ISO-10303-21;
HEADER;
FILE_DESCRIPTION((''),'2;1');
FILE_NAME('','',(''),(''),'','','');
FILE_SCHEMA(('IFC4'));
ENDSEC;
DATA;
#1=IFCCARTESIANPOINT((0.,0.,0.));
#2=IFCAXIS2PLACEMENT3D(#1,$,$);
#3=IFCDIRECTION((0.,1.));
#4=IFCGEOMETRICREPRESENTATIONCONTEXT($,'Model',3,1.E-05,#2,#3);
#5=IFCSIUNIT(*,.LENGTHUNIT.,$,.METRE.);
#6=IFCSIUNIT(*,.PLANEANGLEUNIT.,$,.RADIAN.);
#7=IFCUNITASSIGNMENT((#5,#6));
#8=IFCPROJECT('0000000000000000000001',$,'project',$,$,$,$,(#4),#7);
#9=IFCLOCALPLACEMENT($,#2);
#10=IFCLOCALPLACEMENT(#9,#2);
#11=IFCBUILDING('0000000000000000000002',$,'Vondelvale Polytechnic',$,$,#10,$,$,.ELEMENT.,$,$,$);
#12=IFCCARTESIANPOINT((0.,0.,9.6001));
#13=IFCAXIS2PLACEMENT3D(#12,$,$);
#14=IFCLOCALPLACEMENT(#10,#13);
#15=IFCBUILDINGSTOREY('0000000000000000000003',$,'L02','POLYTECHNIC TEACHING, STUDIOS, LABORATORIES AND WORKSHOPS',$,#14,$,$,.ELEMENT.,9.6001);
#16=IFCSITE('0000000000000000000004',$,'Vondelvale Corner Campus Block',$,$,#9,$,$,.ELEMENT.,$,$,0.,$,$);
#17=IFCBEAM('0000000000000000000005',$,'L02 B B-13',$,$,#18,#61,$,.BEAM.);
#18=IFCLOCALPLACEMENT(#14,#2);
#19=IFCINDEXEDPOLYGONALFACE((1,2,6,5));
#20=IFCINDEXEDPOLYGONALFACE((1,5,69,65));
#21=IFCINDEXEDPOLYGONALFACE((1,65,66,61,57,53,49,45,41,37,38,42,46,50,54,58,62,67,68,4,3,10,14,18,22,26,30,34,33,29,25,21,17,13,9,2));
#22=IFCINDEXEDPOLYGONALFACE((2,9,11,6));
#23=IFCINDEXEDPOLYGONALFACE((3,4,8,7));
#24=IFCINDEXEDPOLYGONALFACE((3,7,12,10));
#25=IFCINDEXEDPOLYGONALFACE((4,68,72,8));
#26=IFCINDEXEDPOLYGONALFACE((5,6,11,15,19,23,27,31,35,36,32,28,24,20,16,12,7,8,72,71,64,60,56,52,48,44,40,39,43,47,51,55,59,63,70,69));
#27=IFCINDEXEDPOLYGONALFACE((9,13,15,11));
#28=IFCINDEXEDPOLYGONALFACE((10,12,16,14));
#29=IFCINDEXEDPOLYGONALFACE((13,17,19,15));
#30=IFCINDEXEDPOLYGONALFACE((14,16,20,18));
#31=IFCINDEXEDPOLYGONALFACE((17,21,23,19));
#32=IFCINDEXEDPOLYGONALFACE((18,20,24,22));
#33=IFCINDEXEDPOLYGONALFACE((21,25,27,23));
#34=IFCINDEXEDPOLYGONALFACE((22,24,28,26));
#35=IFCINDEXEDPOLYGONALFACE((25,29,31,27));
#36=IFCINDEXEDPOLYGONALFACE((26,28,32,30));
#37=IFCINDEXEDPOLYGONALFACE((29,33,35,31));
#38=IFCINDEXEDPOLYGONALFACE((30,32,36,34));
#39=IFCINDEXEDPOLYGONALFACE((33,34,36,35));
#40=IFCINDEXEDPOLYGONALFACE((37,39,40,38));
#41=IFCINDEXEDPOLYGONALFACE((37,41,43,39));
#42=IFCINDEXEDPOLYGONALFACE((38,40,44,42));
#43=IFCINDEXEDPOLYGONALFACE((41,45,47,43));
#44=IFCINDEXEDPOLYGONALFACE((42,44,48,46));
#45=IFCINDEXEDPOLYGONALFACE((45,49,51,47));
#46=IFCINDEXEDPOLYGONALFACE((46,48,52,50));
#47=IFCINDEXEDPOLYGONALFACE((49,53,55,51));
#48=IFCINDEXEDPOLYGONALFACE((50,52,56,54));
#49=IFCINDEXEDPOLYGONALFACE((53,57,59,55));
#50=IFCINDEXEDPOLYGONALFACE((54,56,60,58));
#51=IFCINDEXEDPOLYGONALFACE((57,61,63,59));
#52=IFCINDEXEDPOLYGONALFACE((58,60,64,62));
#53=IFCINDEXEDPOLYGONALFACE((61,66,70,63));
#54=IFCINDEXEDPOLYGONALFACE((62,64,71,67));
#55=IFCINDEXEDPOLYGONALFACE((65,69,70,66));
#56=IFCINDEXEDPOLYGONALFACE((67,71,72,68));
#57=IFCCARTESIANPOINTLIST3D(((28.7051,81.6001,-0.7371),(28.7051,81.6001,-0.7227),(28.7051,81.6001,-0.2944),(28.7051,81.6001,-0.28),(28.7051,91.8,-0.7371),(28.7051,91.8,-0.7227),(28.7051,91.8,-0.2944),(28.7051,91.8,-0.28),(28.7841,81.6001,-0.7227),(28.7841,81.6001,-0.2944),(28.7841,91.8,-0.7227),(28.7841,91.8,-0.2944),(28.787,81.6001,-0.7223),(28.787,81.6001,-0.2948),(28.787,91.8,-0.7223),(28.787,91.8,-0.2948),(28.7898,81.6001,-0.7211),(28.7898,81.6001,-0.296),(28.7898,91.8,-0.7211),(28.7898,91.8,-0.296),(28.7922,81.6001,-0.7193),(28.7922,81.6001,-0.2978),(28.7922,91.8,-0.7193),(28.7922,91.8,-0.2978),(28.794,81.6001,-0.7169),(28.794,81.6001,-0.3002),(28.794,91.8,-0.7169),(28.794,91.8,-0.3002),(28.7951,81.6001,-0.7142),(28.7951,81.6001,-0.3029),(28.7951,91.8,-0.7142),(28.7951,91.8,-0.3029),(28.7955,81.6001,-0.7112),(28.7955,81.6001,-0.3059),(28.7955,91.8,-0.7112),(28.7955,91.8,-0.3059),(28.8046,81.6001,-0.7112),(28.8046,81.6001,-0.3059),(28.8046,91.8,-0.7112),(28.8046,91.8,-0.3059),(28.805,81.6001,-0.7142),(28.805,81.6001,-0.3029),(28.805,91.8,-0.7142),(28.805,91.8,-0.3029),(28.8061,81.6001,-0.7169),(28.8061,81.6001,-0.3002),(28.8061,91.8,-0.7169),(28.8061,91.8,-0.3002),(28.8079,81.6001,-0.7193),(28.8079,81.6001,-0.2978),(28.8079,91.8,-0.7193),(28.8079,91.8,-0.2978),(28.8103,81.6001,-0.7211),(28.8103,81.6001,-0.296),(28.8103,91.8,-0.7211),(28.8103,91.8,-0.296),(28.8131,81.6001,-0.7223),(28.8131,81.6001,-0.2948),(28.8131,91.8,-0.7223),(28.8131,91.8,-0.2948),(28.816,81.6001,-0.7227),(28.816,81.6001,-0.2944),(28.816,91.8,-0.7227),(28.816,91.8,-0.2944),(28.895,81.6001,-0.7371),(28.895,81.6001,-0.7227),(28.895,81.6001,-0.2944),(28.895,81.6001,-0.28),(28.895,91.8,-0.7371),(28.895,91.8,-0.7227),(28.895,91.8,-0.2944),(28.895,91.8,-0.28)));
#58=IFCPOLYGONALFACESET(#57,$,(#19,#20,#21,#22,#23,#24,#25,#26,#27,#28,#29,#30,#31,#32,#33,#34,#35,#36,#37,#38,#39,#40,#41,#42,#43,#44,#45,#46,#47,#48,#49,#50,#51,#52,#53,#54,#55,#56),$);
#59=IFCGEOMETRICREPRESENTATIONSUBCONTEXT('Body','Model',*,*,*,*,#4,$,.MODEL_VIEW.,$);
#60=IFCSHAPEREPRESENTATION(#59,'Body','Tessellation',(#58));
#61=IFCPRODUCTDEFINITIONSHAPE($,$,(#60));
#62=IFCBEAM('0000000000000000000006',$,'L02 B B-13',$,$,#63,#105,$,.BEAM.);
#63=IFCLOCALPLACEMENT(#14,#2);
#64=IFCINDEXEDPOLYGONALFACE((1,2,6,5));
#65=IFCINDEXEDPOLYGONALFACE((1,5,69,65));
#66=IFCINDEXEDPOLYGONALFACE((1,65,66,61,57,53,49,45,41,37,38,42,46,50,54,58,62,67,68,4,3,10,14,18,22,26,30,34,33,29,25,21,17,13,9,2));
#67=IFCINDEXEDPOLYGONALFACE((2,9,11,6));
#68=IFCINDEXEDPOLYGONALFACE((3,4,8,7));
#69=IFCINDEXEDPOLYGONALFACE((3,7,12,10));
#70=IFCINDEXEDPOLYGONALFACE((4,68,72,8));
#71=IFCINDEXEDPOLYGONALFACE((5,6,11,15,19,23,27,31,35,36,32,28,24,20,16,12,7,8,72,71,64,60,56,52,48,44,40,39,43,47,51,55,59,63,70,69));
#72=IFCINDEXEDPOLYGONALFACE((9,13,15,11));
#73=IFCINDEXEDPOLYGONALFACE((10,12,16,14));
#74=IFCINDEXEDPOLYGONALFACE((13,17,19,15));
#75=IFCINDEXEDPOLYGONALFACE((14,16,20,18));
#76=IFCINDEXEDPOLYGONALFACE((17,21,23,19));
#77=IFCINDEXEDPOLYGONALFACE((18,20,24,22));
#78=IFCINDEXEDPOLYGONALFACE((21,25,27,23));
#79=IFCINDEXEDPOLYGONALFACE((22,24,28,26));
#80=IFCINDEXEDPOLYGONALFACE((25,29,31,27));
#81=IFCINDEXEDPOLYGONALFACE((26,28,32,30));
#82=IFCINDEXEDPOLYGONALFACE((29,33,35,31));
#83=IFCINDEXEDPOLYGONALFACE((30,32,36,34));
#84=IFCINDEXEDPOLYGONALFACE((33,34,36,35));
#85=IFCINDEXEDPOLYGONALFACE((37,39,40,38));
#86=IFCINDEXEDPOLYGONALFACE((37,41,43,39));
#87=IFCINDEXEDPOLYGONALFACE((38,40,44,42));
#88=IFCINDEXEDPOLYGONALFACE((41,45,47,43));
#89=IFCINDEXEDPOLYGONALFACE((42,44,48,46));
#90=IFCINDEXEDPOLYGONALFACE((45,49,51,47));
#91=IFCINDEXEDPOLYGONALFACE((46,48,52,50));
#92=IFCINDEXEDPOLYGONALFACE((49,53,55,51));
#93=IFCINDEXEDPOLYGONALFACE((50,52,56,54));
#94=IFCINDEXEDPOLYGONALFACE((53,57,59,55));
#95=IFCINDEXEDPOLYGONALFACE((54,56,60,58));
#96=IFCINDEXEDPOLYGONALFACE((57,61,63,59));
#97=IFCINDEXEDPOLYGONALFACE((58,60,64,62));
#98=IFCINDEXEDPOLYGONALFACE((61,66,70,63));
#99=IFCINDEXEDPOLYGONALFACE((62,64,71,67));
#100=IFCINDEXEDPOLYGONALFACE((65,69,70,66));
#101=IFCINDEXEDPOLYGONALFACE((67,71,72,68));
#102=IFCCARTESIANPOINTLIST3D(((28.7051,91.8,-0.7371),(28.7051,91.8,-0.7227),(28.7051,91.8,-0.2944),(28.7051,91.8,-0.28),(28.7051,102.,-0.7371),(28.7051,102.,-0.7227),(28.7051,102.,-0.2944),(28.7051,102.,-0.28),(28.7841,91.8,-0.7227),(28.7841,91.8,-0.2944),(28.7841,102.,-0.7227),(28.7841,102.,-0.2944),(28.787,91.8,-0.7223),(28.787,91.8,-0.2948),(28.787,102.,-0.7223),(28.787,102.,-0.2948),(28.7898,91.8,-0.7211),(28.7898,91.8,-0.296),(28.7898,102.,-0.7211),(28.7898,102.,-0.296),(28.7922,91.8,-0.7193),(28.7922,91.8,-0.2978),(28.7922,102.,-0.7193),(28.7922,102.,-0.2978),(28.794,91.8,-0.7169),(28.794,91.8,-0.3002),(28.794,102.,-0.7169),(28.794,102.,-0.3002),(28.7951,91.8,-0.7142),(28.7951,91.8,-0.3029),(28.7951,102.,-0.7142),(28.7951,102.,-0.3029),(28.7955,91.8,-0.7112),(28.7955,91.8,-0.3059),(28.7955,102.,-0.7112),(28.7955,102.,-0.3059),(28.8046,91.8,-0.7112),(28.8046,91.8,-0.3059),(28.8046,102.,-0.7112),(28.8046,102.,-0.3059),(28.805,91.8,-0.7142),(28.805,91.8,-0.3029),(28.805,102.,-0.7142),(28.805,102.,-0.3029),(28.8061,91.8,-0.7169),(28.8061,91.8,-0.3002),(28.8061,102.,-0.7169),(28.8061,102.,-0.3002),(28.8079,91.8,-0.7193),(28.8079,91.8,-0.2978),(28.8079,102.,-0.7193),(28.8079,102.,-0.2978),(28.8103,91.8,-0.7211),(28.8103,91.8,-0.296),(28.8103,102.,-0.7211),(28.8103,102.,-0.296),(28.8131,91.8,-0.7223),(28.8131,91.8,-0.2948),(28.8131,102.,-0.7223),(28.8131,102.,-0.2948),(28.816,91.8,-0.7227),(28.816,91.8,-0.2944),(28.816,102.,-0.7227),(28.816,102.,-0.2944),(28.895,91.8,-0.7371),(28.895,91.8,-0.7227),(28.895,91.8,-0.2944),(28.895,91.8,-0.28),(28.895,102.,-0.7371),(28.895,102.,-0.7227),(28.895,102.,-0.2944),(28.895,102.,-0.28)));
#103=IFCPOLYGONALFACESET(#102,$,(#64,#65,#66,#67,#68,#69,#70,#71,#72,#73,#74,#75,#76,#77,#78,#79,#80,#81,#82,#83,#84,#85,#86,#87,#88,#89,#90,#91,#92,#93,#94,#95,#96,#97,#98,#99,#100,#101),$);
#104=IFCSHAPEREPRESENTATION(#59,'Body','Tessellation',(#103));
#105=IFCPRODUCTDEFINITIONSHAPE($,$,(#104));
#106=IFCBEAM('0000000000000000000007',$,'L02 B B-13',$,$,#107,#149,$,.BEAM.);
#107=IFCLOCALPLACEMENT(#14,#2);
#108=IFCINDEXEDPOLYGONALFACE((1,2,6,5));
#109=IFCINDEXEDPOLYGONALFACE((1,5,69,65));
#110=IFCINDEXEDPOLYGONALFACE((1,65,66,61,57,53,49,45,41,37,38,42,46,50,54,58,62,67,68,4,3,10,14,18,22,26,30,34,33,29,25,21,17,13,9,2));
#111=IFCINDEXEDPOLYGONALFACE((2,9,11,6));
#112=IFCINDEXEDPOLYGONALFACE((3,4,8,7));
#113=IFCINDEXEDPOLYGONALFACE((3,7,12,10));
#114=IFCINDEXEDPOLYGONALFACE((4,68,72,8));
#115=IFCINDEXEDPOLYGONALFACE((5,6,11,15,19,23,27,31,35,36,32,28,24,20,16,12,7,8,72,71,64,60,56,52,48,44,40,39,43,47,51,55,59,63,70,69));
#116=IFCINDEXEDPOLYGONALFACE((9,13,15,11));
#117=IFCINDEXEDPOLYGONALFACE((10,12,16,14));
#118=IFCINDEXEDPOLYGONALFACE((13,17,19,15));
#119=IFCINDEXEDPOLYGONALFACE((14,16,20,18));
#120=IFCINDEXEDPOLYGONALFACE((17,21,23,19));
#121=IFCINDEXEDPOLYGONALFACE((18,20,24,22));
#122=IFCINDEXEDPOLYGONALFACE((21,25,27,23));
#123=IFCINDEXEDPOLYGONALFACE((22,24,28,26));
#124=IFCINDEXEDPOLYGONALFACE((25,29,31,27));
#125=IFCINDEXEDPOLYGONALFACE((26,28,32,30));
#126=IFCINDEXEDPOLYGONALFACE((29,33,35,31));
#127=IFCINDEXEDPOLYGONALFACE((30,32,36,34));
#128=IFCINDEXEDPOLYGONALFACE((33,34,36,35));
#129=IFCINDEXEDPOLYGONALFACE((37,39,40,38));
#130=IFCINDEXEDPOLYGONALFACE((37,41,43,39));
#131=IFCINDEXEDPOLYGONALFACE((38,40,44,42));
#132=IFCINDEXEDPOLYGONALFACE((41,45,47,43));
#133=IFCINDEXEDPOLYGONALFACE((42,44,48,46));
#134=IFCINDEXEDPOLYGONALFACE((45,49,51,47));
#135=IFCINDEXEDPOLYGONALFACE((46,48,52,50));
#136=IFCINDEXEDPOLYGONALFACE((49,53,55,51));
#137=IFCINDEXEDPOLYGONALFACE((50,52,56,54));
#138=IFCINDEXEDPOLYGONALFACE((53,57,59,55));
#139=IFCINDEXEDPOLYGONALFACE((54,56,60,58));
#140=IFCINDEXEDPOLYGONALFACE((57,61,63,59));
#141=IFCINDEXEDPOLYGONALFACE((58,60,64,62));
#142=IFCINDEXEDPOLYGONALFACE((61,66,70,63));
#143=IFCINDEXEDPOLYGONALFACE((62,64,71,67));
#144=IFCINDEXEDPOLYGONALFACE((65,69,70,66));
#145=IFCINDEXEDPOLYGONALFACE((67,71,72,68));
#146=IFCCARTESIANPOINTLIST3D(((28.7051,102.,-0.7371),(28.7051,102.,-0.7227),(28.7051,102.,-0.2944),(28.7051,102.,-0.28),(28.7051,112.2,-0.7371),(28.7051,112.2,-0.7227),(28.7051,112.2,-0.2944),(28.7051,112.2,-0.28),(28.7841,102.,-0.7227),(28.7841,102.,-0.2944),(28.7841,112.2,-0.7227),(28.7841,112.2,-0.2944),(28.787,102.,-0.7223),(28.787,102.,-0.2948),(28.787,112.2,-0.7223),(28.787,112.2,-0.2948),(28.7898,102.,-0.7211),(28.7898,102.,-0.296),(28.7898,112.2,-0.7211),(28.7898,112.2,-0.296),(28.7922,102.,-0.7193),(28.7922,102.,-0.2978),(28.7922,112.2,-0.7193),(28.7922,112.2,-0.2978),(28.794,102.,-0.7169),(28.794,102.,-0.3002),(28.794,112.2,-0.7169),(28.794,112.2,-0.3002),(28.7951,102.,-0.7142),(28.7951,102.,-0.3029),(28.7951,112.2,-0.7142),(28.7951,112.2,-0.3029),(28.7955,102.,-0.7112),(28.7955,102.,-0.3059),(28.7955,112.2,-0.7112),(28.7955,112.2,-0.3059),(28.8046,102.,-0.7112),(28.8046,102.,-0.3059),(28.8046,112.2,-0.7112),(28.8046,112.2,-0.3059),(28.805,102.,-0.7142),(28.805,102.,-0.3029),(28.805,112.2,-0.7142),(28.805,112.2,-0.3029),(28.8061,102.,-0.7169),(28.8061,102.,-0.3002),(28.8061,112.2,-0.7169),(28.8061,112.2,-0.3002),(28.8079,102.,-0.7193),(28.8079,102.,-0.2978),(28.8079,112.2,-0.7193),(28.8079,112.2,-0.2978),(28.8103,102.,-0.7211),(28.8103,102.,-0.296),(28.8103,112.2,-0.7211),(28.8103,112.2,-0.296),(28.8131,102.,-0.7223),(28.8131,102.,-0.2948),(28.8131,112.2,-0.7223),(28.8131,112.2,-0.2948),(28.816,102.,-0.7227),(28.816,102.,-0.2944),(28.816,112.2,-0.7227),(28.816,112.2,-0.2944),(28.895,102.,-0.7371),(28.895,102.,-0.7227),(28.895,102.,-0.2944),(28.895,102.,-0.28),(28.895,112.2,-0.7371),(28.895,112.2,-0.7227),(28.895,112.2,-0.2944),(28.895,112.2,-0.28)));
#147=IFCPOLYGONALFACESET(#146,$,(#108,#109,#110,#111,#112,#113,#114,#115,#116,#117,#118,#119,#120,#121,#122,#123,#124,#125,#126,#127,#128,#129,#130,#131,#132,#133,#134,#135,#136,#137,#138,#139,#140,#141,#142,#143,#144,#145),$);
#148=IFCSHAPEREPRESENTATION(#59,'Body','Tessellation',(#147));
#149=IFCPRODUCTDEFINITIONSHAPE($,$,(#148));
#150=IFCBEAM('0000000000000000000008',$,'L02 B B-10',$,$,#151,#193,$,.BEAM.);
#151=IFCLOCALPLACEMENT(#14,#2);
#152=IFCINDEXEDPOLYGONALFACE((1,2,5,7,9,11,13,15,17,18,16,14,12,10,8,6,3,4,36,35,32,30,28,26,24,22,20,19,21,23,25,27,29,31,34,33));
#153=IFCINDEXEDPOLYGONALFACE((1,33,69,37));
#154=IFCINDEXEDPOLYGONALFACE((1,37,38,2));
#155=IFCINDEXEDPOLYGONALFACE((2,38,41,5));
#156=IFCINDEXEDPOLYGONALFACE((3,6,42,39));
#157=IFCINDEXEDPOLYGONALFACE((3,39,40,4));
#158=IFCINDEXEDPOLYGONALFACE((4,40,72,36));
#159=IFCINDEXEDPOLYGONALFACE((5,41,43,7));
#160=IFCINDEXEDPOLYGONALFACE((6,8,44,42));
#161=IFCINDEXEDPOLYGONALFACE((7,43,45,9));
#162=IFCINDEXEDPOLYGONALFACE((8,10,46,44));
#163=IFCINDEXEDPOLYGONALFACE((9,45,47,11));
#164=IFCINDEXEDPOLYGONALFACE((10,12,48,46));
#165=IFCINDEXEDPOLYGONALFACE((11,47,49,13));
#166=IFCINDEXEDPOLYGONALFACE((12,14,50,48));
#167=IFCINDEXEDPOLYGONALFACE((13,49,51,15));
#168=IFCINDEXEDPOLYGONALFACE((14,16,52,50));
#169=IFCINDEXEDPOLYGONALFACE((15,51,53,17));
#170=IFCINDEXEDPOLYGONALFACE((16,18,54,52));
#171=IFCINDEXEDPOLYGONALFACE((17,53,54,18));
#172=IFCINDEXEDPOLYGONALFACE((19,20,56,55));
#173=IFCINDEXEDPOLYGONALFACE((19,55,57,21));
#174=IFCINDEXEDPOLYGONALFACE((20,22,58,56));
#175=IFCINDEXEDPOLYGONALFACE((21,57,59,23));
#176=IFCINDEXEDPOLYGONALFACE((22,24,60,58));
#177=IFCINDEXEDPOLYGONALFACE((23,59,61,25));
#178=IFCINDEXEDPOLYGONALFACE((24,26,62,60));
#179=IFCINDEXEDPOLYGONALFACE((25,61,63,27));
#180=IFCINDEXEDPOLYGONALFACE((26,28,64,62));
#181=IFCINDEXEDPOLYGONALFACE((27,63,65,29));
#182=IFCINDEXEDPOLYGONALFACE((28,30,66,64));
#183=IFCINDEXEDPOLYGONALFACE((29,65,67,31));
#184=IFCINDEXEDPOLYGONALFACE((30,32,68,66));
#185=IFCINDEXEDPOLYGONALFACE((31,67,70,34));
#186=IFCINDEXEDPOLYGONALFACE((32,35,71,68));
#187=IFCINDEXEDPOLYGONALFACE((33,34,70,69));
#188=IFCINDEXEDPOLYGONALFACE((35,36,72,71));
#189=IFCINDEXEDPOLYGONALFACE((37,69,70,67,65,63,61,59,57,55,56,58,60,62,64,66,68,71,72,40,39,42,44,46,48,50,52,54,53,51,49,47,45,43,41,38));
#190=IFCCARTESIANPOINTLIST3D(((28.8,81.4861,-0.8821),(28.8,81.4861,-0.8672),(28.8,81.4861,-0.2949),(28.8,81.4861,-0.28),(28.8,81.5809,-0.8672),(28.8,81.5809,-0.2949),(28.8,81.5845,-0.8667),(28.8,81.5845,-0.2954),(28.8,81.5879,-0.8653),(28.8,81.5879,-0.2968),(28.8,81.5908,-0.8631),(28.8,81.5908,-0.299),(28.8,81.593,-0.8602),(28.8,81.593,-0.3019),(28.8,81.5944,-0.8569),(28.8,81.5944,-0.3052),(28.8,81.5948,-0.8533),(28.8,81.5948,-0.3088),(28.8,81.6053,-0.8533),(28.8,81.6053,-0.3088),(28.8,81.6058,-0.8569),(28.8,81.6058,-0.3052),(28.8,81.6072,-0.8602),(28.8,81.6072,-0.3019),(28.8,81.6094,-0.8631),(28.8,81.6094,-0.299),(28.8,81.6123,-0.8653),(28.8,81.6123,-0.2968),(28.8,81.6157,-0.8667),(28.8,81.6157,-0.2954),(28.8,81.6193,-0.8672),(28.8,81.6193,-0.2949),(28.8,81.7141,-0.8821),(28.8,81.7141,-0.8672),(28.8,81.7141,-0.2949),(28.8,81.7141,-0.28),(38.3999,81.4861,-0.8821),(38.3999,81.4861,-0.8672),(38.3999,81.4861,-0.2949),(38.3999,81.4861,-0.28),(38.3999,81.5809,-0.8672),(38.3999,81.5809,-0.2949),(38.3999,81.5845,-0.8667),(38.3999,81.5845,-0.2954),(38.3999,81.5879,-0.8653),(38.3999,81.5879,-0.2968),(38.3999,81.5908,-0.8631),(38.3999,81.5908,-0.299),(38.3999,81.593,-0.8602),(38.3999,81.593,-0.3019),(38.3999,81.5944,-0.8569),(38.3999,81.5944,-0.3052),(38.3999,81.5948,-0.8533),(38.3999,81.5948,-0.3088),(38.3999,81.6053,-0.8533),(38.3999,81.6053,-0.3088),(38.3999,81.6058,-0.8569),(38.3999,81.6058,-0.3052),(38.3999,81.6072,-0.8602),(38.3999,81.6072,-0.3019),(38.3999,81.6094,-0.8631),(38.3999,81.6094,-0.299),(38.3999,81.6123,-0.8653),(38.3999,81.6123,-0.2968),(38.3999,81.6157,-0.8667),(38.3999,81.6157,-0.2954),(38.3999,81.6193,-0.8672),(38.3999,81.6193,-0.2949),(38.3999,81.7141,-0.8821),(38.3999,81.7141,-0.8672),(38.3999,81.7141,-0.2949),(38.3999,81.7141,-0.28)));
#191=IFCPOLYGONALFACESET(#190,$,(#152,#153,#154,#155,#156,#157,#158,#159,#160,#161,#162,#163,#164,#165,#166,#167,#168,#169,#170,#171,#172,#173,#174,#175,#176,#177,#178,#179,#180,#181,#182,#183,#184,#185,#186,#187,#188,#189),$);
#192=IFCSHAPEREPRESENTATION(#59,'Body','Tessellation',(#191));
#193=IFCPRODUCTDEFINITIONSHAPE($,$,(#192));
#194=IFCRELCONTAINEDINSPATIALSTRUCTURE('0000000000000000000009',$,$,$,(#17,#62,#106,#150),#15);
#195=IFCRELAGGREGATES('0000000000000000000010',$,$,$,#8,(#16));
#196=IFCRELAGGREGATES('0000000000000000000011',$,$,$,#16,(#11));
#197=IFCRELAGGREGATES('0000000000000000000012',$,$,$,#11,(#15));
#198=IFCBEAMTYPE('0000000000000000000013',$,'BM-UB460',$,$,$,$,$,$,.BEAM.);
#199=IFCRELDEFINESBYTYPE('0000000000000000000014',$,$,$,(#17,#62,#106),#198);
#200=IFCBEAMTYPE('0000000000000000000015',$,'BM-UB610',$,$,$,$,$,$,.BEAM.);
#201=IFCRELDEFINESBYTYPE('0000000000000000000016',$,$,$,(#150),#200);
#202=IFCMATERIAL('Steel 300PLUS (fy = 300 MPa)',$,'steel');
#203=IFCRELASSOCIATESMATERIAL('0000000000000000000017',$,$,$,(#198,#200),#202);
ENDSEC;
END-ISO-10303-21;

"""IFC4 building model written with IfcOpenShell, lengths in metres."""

from ifc_helpers import new_model, si_unit, direction, frame, origin, origin_2d, place, context, subcontext, project, spatial, i_section, extrude, material, material_profile, profile_set, type_object, element, save


model = new_model("IFC4")

# Units and contexts
model_context = context("Model", 3, precision=1e-05, world=origin(), true_north=direction((0.0, 1.0)))
body_context = subcontext(model_context, "Body", "Model", "MODEL_VIEW")
ifc_project = project(units=[si_unit("LENGTHUNIT", "METRE"), si_unit("PLANEANGLEUNIT", "RADIAN")], contexts=[model_context])

# Site, building, storey
site_placement = place(None, origin())
site = spatial("IfcSite", under=ifc_project, at=site_placement, Name="Vondelvale Corner Campus Block", CompositionType="ELEMENT", RefElevation=0.0)
building_placement = place(site_placement, origin())
building = spatial("IfcBuilding", under=site, at=building_placement, Name="Vondelvale Polytechnic", CompositionType="ELEMENT")
storey_placement = place(building_placement, frame((0.0, 0.0, 9.6001)))
storey = spatial("IfcBuildingStorey", under=building, at=storey_placement, Name="L02", Description="POLYTECHNIC TEACHING, STUDIOS, LABORATORIES AND WORKSHOPS", CompositionType="ELEMENT", Elevation=9.6001)

# Shared definitions
ifc_material_1 = material(Name="Steel 300PLUS (fy = 300 MPa)", Category="steel")

# Beams
ifc_material_profile_1 = material_profile(ifc_material_1, i_section(OverallWidth=0.1899, OverallDepth=0.457, WebThickness=0.009, FlangeThickness=0.0144, FilletRadius=0.0115, at=origin_2d()), Name="460UB74.6")
ifc_profile_set_1 = profile_set([ifc_material_profile_1], Name="Steel 300PLUS (fy = 300 MPa)")
beam_type_1 = type_object("IfcBeamType", Name="BM-UB460", PredefinedType="BEAM", material=ifc_profile_set_1)
for number, where, z_axis, x_axis, name in (
    (1, (28.8, 81.6001, -0.5085), (0.0, 1.0, 0.0), (-1.0, 0.0, 0.0), "L02 B B-13"),
    (2, (28.8, 91.8, -0.5085), (0.0, 1.0, 0.0), (-1.0, 0.0, 0.0), "L02 B B-13"),
    (3, (28.8, 102.0, -0.5085), (0.0, 1.0, 0.0), (-1.0, 0.0, 0.0), "L02 B B-13"),
):
    element("IfcBeam", number, at=place(storey_placement, frame(where, z_axis=z_axis, x_axis=x_axis)), inside=storey, type_object=beam_type_1, Name=name, PredefinedType="BEAM", context=body_context, shape_type="SweptSolid", body=[
        extrude(i_section(OverallWidth=0.1899, OverallDepth=0.457, WebThickness=0.009, FlangeThickness=0.0144, FilletRadius=0.0115, at=origin_2d()), origin(), (0.0, 0.0, 1.0), 10.2),
    ])
ifc_material_profile_2 = material_profile(ifc_material_1, i_section(OverallWidth=0.228, OverallDepth=0.6021, WebThickness=0.0105, FlangeThickness=0.0149, FilletRadius=0.0139, at=origin_2d()), Name="610UB101")
ifc_profile_set_2 = profile_set([ifc_material_profile_2], Name="Steel 300PLUS (fy = 300 MPa)")
beam_type_2 = type_object("IfcBeamType", Name="BM-UB610", PredefinedType="BEAM", material=ifc_profile_set_2)
for number, where, z_axis, x_axis, name in (
    (4, (28.8, 81.6001, -0.5811), (1.0, 0.0, 0.0), (0.0, 1.0, 0.0), "L02 B B-10"),
):
    element("IfcBeam", number, at=place(storey_placement, frame(where, z_axis=z_axis, x_axis=x_axis)), inside=storey, type_object=beam_type_2, Name=name, PredefinedType="BEAM", context=body_context, shape_type="SweptSolid", body=[
        extrude(i_section(OverallWidth=0.228, OverallDepth=0.6021, WebThickness=0.0105, FlangeThickness=0.0149, FilletRadius=0.0139, at=origin_2d()), origin(), (0.0, 0.0, 1.0), 9.5999),
    ])

save(model, "model.ifc")
